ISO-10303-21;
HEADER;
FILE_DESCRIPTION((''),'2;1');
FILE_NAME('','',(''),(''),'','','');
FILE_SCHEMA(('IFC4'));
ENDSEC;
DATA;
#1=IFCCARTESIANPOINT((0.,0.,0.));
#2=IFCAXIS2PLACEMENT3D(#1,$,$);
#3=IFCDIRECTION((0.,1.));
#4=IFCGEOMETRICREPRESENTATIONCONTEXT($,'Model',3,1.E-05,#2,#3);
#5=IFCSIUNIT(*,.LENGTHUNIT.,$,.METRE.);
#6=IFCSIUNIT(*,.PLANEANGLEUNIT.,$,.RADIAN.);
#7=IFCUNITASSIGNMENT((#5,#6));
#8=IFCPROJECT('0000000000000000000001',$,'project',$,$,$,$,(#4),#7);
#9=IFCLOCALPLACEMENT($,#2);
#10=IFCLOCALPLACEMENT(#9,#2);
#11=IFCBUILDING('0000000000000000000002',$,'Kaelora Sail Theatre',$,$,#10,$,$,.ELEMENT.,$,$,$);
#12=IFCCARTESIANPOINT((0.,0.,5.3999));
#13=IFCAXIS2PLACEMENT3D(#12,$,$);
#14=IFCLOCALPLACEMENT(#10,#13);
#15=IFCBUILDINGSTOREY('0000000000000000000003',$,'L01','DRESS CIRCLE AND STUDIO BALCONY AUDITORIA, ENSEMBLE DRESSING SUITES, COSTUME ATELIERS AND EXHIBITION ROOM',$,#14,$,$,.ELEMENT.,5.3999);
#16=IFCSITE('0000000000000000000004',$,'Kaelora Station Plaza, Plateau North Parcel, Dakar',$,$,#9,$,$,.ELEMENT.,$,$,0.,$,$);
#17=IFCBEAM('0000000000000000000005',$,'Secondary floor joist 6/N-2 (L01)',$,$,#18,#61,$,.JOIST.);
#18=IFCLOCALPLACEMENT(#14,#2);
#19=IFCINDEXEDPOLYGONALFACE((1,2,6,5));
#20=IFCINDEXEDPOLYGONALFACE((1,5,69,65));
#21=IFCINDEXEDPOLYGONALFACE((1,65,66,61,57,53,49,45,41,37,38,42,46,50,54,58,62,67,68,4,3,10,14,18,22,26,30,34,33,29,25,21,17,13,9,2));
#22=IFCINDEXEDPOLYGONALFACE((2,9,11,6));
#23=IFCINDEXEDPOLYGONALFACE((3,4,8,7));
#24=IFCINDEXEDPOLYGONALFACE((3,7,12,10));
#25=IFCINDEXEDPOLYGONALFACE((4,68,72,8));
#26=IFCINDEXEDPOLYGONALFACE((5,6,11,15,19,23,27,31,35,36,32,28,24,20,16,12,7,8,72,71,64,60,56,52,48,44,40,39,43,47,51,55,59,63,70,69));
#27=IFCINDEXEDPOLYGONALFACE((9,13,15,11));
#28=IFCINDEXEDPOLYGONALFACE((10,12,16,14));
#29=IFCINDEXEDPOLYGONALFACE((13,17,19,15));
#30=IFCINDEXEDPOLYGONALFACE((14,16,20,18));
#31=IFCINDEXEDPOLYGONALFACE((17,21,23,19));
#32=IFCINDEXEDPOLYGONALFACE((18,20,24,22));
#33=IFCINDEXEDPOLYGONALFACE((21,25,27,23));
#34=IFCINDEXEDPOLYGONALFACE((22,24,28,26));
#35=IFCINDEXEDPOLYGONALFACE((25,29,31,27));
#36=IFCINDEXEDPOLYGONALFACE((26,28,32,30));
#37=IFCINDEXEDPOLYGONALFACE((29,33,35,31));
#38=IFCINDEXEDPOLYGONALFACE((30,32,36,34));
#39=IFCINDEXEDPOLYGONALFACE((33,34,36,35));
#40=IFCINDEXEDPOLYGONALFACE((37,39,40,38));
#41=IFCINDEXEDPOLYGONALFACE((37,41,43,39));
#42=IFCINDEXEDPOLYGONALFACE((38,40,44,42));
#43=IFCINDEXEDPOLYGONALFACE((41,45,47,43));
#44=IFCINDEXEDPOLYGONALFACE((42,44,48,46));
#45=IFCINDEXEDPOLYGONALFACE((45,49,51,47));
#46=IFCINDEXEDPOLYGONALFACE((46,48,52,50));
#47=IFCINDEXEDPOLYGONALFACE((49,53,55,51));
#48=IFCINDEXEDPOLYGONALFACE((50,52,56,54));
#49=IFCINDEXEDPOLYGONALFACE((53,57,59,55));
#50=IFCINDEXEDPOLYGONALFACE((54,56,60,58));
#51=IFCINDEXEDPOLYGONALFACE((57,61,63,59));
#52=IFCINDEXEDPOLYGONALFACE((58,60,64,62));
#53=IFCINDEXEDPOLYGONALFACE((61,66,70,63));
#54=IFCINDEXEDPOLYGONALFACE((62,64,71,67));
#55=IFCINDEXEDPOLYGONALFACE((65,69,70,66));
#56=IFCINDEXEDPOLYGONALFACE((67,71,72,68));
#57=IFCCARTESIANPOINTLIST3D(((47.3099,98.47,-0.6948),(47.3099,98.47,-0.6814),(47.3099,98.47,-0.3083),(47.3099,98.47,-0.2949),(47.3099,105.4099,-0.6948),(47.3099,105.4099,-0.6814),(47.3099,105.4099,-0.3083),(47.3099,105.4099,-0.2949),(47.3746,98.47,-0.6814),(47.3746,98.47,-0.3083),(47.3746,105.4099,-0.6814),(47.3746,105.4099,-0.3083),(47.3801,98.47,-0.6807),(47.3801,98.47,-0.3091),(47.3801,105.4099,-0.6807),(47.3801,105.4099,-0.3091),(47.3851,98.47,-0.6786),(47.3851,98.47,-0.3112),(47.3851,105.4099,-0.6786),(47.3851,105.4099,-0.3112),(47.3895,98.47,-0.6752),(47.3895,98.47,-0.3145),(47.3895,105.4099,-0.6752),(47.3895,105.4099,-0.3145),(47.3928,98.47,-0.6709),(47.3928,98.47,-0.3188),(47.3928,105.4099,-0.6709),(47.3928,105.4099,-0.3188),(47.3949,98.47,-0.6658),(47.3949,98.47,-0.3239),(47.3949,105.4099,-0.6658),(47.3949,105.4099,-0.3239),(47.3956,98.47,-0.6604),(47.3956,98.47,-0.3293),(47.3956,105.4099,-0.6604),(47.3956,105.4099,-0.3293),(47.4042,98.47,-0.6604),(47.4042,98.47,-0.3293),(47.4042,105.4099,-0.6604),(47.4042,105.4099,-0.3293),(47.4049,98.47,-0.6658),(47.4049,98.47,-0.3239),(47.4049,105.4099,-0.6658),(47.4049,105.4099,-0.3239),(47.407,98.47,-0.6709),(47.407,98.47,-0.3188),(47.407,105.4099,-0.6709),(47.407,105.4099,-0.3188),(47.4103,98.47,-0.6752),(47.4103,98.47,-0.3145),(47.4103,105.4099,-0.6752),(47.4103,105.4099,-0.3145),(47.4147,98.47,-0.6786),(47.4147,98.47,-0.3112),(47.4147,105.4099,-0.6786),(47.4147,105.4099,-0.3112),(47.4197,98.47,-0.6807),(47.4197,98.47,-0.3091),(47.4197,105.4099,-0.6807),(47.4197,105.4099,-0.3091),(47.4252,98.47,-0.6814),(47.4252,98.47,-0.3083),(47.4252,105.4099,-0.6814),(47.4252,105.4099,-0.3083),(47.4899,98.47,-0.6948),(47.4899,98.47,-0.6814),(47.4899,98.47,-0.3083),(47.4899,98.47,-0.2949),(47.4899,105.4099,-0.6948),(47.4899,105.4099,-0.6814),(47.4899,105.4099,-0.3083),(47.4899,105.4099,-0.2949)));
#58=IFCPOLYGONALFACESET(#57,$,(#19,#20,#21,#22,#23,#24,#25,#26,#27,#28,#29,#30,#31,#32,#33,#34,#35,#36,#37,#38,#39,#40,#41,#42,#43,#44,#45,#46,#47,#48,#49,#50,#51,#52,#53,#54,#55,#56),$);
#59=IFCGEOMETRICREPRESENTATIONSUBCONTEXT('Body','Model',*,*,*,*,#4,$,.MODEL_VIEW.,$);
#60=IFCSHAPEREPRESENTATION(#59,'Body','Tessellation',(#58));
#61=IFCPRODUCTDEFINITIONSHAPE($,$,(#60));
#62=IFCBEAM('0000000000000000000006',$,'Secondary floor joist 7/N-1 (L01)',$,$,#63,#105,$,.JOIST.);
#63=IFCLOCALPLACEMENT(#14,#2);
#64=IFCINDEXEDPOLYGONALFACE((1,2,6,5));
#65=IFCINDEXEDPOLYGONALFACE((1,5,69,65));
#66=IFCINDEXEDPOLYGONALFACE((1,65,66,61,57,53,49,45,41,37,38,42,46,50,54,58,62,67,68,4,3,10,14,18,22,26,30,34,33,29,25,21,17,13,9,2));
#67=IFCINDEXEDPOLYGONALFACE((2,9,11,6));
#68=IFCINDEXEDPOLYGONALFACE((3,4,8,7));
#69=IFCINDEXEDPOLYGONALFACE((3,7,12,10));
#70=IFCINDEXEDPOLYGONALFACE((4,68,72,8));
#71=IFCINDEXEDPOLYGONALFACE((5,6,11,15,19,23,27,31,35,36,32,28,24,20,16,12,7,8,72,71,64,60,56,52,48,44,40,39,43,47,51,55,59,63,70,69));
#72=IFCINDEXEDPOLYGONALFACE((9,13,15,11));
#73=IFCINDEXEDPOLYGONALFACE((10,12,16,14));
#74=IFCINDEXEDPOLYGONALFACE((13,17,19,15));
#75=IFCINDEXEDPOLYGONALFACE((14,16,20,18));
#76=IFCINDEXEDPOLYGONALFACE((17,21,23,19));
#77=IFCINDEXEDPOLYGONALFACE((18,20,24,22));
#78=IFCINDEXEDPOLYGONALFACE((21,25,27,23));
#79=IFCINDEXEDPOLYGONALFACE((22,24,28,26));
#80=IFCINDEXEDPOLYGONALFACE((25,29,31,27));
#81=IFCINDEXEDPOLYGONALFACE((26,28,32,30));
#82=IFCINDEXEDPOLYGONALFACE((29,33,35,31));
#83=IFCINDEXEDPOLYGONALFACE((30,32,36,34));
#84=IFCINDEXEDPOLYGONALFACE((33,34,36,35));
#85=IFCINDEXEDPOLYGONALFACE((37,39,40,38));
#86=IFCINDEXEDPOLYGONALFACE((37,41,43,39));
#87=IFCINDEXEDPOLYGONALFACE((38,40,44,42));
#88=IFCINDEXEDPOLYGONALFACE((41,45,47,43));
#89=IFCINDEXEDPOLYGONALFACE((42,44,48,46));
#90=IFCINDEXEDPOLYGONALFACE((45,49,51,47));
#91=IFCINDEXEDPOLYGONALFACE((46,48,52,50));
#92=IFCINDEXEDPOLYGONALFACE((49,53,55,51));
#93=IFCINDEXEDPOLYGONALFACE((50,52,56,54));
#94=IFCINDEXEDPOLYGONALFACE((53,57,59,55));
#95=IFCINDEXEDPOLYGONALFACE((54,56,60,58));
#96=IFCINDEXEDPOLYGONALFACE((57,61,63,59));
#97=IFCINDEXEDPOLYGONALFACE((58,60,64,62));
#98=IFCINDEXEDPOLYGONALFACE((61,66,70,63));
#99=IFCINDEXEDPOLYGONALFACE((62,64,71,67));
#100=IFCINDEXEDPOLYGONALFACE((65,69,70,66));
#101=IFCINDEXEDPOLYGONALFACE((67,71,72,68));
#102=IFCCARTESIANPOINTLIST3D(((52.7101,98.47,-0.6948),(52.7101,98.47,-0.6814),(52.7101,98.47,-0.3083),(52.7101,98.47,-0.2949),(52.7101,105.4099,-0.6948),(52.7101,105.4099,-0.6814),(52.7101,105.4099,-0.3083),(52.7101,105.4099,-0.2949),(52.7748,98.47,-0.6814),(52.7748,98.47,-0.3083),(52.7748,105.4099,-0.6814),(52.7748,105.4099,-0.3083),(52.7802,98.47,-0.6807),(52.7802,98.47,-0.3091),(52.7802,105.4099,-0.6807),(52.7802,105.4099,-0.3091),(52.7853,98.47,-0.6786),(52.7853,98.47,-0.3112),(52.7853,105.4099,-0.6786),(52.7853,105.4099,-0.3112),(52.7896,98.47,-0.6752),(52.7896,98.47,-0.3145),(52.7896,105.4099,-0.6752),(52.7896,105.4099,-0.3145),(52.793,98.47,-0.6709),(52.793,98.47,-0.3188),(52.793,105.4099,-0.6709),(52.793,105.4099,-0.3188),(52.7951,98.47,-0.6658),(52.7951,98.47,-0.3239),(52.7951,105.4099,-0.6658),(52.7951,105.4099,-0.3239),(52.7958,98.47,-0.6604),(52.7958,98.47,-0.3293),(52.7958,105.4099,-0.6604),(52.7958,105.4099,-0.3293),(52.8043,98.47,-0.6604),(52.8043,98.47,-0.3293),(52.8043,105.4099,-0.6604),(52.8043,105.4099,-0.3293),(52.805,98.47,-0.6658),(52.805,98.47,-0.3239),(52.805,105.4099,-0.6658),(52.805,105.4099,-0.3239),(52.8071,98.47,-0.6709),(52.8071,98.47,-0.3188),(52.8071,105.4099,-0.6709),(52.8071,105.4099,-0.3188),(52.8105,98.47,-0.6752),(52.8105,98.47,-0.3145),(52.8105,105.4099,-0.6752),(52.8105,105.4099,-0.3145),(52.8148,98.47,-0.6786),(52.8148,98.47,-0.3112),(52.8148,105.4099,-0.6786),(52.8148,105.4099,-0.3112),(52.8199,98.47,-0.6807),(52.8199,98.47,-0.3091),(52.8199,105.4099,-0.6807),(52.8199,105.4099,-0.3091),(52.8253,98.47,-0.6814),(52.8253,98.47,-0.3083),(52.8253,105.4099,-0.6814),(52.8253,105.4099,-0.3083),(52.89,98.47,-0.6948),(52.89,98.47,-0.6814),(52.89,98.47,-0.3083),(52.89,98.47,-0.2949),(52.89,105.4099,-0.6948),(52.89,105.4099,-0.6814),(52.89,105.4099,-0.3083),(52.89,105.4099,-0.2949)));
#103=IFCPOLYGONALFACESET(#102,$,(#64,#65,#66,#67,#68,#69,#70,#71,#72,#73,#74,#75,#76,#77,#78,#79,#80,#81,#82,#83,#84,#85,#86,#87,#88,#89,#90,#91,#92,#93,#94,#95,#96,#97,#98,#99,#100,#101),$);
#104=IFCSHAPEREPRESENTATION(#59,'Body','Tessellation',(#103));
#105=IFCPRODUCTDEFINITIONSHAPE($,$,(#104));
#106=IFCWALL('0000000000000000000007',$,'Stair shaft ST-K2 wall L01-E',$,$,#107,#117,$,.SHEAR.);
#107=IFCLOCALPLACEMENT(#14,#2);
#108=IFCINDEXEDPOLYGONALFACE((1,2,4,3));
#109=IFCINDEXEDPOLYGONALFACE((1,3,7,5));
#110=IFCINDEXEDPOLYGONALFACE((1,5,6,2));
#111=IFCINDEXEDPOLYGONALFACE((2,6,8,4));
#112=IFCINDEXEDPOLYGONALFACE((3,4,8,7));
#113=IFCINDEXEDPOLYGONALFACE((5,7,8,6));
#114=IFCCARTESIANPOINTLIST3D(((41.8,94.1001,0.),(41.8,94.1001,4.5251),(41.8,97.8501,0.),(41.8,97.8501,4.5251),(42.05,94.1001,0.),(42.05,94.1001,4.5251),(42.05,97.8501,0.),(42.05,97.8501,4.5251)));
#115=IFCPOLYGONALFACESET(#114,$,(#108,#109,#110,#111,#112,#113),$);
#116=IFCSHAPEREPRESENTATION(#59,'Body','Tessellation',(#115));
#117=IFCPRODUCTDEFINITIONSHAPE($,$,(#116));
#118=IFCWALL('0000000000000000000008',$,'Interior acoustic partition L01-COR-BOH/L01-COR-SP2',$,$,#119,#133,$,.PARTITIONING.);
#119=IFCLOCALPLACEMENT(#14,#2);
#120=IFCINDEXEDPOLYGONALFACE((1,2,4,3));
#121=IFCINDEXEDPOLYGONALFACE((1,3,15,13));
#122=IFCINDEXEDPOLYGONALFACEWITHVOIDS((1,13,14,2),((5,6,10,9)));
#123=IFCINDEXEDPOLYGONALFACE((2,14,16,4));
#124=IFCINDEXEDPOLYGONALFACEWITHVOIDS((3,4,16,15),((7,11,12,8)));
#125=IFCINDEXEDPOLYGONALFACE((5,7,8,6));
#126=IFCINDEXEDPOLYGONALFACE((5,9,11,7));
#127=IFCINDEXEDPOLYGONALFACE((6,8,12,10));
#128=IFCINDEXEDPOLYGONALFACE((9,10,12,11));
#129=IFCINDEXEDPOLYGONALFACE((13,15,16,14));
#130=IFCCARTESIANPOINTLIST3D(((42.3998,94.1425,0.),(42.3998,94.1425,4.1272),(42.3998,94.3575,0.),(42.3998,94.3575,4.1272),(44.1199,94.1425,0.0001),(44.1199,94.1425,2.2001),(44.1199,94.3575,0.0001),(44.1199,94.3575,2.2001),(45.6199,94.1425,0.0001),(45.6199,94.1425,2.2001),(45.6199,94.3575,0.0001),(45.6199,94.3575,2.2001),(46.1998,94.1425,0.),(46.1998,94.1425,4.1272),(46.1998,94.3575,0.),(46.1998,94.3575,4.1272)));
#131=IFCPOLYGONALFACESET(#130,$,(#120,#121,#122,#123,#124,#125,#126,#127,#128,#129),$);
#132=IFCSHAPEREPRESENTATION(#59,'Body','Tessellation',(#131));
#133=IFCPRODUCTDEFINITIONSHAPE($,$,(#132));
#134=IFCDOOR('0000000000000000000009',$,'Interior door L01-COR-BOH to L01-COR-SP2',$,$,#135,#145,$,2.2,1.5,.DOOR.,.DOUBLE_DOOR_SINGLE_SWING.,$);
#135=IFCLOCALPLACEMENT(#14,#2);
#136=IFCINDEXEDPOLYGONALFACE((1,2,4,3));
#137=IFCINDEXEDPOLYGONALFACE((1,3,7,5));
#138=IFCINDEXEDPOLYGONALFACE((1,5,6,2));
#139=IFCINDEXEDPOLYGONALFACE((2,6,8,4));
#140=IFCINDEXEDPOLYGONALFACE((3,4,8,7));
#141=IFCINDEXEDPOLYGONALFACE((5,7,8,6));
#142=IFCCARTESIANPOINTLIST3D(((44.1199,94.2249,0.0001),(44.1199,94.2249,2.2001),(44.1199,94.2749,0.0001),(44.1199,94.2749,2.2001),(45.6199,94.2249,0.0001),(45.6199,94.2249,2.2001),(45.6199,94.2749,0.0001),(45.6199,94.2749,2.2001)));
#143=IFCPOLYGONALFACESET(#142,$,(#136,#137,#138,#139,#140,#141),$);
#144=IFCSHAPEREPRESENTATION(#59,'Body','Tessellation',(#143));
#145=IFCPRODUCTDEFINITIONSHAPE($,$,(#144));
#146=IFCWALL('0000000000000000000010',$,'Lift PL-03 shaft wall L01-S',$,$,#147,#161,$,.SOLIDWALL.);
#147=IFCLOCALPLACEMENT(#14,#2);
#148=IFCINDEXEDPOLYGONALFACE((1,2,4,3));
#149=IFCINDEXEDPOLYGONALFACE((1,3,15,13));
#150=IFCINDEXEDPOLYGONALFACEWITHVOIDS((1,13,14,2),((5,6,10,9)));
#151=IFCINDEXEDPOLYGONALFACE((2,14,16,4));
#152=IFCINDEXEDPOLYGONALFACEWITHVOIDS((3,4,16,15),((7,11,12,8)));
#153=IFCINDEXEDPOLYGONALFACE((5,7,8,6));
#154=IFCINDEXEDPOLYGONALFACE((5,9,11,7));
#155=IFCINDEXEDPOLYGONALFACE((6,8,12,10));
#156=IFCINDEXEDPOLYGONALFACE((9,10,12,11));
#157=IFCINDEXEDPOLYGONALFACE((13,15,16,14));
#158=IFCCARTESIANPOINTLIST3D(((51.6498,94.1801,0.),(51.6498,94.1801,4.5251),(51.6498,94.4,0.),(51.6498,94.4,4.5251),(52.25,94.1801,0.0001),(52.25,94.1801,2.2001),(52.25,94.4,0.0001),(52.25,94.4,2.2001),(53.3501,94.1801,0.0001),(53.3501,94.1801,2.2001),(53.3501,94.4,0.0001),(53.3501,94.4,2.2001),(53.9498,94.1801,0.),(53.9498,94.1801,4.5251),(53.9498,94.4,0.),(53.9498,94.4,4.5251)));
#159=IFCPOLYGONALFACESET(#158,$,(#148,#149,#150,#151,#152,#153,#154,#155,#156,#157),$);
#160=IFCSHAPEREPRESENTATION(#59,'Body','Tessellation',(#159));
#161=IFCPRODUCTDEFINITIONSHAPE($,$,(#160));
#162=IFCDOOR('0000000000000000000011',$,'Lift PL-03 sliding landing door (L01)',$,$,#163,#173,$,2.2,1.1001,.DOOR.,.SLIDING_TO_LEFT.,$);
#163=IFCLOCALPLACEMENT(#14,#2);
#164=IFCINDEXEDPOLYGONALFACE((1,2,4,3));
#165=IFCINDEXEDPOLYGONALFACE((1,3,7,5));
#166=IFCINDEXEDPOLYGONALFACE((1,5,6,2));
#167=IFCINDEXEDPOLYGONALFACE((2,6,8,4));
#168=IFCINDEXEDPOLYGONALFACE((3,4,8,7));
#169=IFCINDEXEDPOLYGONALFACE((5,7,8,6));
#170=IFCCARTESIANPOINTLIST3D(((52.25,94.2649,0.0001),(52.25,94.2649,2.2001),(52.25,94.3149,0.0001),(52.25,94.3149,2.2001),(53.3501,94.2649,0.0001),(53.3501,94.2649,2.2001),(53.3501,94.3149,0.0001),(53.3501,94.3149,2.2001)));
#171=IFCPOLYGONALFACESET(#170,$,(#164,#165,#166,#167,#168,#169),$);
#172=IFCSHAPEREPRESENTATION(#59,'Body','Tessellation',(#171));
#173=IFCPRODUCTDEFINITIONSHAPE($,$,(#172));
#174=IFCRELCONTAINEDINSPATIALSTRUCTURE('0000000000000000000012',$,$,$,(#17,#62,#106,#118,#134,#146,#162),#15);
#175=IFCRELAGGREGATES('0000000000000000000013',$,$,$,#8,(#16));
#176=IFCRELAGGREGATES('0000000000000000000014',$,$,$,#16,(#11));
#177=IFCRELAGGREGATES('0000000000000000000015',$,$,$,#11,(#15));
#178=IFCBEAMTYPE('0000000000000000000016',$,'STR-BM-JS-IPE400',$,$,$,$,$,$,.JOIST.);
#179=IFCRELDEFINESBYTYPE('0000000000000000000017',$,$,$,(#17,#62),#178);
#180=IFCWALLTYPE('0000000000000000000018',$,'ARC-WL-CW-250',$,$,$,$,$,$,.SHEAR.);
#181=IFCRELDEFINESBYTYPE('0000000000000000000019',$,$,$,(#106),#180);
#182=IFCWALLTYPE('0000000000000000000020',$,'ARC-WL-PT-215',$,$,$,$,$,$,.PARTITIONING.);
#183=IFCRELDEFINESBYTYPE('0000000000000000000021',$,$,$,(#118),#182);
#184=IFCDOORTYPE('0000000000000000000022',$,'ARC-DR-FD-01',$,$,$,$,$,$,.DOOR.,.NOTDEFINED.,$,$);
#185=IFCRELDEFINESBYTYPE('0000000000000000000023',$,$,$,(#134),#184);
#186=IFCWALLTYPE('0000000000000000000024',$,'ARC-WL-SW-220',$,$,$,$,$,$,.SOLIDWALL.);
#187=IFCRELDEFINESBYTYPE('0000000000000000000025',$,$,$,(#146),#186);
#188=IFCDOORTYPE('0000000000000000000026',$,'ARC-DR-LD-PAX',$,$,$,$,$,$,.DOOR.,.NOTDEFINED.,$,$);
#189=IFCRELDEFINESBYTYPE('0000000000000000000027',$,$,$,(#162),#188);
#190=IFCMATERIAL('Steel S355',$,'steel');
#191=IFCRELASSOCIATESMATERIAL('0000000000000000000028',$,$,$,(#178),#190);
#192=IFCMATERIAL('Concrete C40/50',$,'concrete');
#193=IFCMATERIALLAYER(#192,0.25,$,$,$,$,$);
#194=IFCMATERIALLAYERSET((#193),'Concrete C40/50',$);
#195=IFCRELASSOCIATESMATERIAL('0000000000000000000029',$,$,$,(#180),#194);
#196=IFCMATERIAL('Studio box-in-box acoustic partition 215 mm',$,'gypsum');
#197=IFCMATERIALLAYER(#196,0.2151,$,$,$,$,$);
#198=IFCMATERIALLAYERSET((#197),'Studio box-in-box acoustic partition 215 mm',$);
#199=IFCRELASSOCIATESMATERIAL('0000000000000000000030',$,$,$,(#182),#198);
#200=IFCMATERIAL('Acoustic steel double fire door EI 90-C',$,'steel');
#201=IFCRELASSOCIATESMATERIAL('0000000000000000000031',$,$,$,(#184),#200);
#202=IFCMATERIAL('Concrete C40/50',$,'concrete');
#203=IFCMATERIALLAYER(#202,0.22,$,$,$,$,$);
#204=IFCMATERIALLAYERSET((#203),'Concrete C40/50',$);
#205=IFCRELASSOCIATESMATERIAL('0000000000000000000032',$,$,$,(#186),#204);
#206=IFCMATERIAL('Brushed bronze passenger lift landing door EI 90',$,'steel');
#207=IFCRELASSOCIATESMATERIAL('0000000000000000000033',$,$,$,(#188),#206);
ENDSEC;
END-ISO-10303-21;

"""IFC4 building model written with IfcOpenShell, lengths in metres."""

from ifc_helpers import new_model, si_unit, direction, frame, frame_2d, origin, origin_2d, place, context, subcontext, project, spatial, rectangle, i_section, extrude, material, layer, layer_set, material_profile, profile_set, type_object, element, fill, save


model = new_model("IFC4")

# Units and contexts
model_context = context("Model", 3, precision=1e-05, world=origin(), true_north=direction((0.0, 1.0)))
body_context = subcontext(model_context, "Body", "Model", "MODEL_VIEW")
ifc_project = project(units=[si_unit("LENGTHUNIT", "METRE"), si_unit("PLANEANGLEUNIT", "RADIAN")], contexts=[model_context])

# Site, building, storey
site_placement = place(None, origin())
site = spatial("IfcSite", under=ifc_project, at=site_placement, Name="Kaelora Station Plaza, Plateau North Parcel, Dakar", CompositionType="ELEMENT", RefElevation=0.0)
building_placement = place(site_placement, origin())
building = spatial("IfcBuilding", under=site, at=building_placement, Name="Kaelora Sail Theatre", CompositionType="ELEMENT")
storey_placement = place(building_placement, frame((0.0, 0.0, 5.3999)))
storey = spatial("IfcBuildingStorey", under=building, at=storey_placement, Name="L01", Description="DRESS CIRCLE AND STUDIO BALCONY AUDITORIA, ENSEMBLE DRESSING SUITES, COSTUME ATELIERS AND EXHIBITION ROOM", CompositionType="ELEMENT", Elevation=5.3999)

# Beams
ifc_material_1 = material(Name="Steel S355", Category="steel")
ifc_material_profile_1 = material_profile(ifc_material_1, i_section(OverallWidth=0.1799, OverallDepth=0.3999, WebThickness=0.0085, FlangeThickness=0.0134, FilletRadius=0.021, at=origin_2d()), Name="IPE 400")
ifc_profile_set_1 = profile_set([ifc_material_profile_1], Name="Steel S355")
beam_type_1 = type_object("IfcBeamType", Name="STR-BM-JS-IPE400", PredefinedType="JOIST", material=ifc_profile_set_1)
for number, where, z_axis, x_axis, name in (
    (1, (47.3999, 98.47, -0.4949), (0.0, 1.0, 0.0), (-1.0, 0.0, 0.0), "Secondary floor joist 6/N-2 (L01)"),
    (2, (52.8, 98.47, -0.4949), (0.0, 1.0, 0.0), (-1.0, 0.0, 0.0), "Secondary floor joist 7/N-1 (L01)"),
):
    element("IfcBeam", number, at=place(storey_placement, frame(where, z_axis=z_axis, x_axis=x_axis)), inside=storey, type_object=beam_type_1, Name=name, PredefinedType="JOIST", context=body_context, shape_type="SweptSolid", body=[
        extrude(i_section(OverallWidth=0.1799, OverallDepth=0.3999, WebThickness=0.0085, FlangeThickness=0.0134, FilletRadius=0.021, at=origin_2d()), origin(), (0.0, 0.0, 1.0), 6.9399),
    ])

# Wall
ifc_material_2 = material(Name="Concrete C40/50", Category="concrete")
ifc_layer_1 = layer(ifc_material_2, 0.25)
ifc_layer_set_1 = layer_set([ifc_layer_1], Name="Concrete C40/50")
wall_type_1 = type_object("IfcWallType", Name="ARC-WL-CW-250", PredefinedType="SHEAR", material=ifc_layer_set_1)
wall_1_placement = place(storey_placement, frame((41.925, 94.1001, 0.0), z_axis=(0.0, 0.0, 1.0), x_axis=(0.0, 1.0, 0.0)))
element("IfcWall", 3, at=wall_1_placement, inside=storey, type_object=wall_type_1, Name="Stair shaft ST-K2 wall L01-E", PredefinedType="SHEAR", context=body_context, shape_type="SweptSolid", body=[
    extrude(rectangle(XDim=3.75, YDim=0.25, at=frame_2d((1.875, 0.0))), origin(), (0.0, 0.0, 1.0), 4.5251),
])

# Walls, openings, doors
ifc_material_3 = material(Name="Studio box-in-box acoustic partition 215 mm", Category="gypsum")
ifc_layer_2 = layer(ifc_material_3, 0.2151)
ifc_layer_set_2 = layer_set([ifc_layer_2], Name="Studio box-in-box acoustic partition 215 mm")
wall_type_2 = type_object("IfcWallType", Name="ARC-WL-PT-215", PredefinedType="PARTITIONING", material=ifc_layer_set_2)
wall_2_placement = place(storey_placement, frame((42.3999, 94.25, 0.0), z_axis=(0.0, 0.0, 1.0), x_axis=(1.0, 0.0, 0.0)))
wall_2 = element("IfcWall", 4, at=wall_2_placement, inside=storey, type_object=wall_type_2, Name="Interior acoustic partition L01-COR-BOH/L01-COR-SP2", PredefinedType="PARTITIONING", context=body_context, shape_type="SweptSolid", body=[
    extrude(rectangle(XDim=3.8, YDim=0.2151, at=frame_2d((1.8999, 0.0))), origin(), (0.0, 0.0, 1.0), 4.1272),
])
opening_1_placement = place(wall_2_placement, frame((1.72, 0.0, 0.0)))
opening_1 = element("IfcOpeningElement", 5, at=opening_1_placement, cuts=wall_2, PredefinedType="OPENING", context=body_context, shape_type="SweptSolid", body=[
    extrude(rectangle(XDim=1.5, YDim=2.2, at=frame_2d((0.75, 1.1001))), frame((0.0, 0.1174, 0.0), z_axis=(0.0, -1.0, 0.0), x_axis=(1.0, 0.0, 0.0)), (0.0, 0.0, 1.0), 0.2351),
])
ifc_material_4 = material(Name="Acoustic steel double fire door EI 90-C", Category="steel")
door_type_1 = type_object("IfcDoorType", Name="ARC-DR-FD-01", OperationType="NOTDEFINED", PredefinedType="DOOR", material=ifc_material_4)
door_1_placement = place(opening_1_placement, origin())
door_1 = element("IfcDoor", 6, at=door_1_placement, inside=storey, type_object=door_type_1, Name="Interior door L01-COR-BOH to L01-COR-SP2", OperationType="DOUBLE_DOOR_SINGLE_SWING", OverallHeight=2.2, OverallWidth=1.5, PredefinedType="DOOR", context=body_context, shape_type="SweptSolid", body=[
    extrude(rectangle(XDim=1.5, YDim=2.2, at=frame_2d((0.75, 1.1001))), frame((0.0, 0.0249, 0.0), z_axis=(0.0, -1.0, 0.0), x_axis=(1.0, 0.0, 0.0)), (0.0, 0.0, 1.0), 0.05),
])
fill(opening_1, door_1)
ifc_material_5 = material(Name="Concrete C40/50", Category="concrete")
ifc_layer_3 = layer(ifc_material_5, 0.22)
ifc_layer_set_3 = layer_set([ifc_layer_3], Name="Concrete C40/50")
wall_type_3 = type_object("IfcWallType", Name="ARC-WL-SW-220", PredefinedType="SOLIDWALL", material=ifc_layer_set_3)
wall_3_placement = place(storey_placement, frame((51.6499, 94.29, 0.0), z_axis=(0.0, 0.0, 1.0), x_axis=(1.0, 0.0, 0.0)))
wall_3 = element("IfcWall", 7, at=wall_3_placement, inside=storey, type_object=wall_type_3, Name="Lift PL-03 shaft wall L01-S", PredefinedType="SOLIDWALL", context=body_context, shape_type="SweptSolid", body=[
    extrude(rectangle(XDim=2.3, YDim=0.22, at=frame_2d((1.1499, 0.0))), origin(), (0.0, 0.0, 1.0), 4.5251),
])
opening_2_placement = place(wall_3_placement, frame((0.6001, 0.0, 0.0)))
opening_2 = element("IfcOpeningElement", 8, at=opening_2_placement, cuts=wall_3, PredefinedType="OPENING", context=body_context, shape_type="SweptSolid", body=[
    extrude(rectangle(XDim=1.1001, YDim=2.2, at=frame_2d((0.55, 1.1001))), frame((0.0, 0.1199, 0.0), z_axis=(0.0, -1.0, 0.0), x_axis=(1.0, 0.0, 0.0)), (0.0, 0.0, 1.0), 0.24),
])
ifc_material_6 = material(Name="Brushed bronze passenger lift landing door EI 90", Category="steel")
door_type_2 = type_object("IfcDoorType", Name="ARC-DR-LD-PAX", OperationType="NOTDEFINED", PredefinedType="DOOR", material=ifc_material_6)
door_2_placement = place(opening_2_placement, origin())
door_2 = element("IfcDoor", 9, at=door_2_placement, inside=storey, type_object=door_type_2, Name="Lift PL-03 sliding landing door (L01)", OperationType="SLIDING_TO_LEFT", OverallHeight=2.2, OverallWidth=1.1001, PredefinedType="DOOR", context=body_context, shape_type="SweptSolid", body=[
    extrude(rectangle(XDim=1.1001, YDim=2.2, at=frame_2d((0.55, 1.1001))), frame((0.0, 0.0249, 0.0), z_axis=(0.0, -1.0, 0.0), x_axis=(1.0, 0.0, 0.0)), (0.0, 0.0, 1.0), 0.05),
])
fill(opening_2, door_2)

save(model, "model.ifc")
